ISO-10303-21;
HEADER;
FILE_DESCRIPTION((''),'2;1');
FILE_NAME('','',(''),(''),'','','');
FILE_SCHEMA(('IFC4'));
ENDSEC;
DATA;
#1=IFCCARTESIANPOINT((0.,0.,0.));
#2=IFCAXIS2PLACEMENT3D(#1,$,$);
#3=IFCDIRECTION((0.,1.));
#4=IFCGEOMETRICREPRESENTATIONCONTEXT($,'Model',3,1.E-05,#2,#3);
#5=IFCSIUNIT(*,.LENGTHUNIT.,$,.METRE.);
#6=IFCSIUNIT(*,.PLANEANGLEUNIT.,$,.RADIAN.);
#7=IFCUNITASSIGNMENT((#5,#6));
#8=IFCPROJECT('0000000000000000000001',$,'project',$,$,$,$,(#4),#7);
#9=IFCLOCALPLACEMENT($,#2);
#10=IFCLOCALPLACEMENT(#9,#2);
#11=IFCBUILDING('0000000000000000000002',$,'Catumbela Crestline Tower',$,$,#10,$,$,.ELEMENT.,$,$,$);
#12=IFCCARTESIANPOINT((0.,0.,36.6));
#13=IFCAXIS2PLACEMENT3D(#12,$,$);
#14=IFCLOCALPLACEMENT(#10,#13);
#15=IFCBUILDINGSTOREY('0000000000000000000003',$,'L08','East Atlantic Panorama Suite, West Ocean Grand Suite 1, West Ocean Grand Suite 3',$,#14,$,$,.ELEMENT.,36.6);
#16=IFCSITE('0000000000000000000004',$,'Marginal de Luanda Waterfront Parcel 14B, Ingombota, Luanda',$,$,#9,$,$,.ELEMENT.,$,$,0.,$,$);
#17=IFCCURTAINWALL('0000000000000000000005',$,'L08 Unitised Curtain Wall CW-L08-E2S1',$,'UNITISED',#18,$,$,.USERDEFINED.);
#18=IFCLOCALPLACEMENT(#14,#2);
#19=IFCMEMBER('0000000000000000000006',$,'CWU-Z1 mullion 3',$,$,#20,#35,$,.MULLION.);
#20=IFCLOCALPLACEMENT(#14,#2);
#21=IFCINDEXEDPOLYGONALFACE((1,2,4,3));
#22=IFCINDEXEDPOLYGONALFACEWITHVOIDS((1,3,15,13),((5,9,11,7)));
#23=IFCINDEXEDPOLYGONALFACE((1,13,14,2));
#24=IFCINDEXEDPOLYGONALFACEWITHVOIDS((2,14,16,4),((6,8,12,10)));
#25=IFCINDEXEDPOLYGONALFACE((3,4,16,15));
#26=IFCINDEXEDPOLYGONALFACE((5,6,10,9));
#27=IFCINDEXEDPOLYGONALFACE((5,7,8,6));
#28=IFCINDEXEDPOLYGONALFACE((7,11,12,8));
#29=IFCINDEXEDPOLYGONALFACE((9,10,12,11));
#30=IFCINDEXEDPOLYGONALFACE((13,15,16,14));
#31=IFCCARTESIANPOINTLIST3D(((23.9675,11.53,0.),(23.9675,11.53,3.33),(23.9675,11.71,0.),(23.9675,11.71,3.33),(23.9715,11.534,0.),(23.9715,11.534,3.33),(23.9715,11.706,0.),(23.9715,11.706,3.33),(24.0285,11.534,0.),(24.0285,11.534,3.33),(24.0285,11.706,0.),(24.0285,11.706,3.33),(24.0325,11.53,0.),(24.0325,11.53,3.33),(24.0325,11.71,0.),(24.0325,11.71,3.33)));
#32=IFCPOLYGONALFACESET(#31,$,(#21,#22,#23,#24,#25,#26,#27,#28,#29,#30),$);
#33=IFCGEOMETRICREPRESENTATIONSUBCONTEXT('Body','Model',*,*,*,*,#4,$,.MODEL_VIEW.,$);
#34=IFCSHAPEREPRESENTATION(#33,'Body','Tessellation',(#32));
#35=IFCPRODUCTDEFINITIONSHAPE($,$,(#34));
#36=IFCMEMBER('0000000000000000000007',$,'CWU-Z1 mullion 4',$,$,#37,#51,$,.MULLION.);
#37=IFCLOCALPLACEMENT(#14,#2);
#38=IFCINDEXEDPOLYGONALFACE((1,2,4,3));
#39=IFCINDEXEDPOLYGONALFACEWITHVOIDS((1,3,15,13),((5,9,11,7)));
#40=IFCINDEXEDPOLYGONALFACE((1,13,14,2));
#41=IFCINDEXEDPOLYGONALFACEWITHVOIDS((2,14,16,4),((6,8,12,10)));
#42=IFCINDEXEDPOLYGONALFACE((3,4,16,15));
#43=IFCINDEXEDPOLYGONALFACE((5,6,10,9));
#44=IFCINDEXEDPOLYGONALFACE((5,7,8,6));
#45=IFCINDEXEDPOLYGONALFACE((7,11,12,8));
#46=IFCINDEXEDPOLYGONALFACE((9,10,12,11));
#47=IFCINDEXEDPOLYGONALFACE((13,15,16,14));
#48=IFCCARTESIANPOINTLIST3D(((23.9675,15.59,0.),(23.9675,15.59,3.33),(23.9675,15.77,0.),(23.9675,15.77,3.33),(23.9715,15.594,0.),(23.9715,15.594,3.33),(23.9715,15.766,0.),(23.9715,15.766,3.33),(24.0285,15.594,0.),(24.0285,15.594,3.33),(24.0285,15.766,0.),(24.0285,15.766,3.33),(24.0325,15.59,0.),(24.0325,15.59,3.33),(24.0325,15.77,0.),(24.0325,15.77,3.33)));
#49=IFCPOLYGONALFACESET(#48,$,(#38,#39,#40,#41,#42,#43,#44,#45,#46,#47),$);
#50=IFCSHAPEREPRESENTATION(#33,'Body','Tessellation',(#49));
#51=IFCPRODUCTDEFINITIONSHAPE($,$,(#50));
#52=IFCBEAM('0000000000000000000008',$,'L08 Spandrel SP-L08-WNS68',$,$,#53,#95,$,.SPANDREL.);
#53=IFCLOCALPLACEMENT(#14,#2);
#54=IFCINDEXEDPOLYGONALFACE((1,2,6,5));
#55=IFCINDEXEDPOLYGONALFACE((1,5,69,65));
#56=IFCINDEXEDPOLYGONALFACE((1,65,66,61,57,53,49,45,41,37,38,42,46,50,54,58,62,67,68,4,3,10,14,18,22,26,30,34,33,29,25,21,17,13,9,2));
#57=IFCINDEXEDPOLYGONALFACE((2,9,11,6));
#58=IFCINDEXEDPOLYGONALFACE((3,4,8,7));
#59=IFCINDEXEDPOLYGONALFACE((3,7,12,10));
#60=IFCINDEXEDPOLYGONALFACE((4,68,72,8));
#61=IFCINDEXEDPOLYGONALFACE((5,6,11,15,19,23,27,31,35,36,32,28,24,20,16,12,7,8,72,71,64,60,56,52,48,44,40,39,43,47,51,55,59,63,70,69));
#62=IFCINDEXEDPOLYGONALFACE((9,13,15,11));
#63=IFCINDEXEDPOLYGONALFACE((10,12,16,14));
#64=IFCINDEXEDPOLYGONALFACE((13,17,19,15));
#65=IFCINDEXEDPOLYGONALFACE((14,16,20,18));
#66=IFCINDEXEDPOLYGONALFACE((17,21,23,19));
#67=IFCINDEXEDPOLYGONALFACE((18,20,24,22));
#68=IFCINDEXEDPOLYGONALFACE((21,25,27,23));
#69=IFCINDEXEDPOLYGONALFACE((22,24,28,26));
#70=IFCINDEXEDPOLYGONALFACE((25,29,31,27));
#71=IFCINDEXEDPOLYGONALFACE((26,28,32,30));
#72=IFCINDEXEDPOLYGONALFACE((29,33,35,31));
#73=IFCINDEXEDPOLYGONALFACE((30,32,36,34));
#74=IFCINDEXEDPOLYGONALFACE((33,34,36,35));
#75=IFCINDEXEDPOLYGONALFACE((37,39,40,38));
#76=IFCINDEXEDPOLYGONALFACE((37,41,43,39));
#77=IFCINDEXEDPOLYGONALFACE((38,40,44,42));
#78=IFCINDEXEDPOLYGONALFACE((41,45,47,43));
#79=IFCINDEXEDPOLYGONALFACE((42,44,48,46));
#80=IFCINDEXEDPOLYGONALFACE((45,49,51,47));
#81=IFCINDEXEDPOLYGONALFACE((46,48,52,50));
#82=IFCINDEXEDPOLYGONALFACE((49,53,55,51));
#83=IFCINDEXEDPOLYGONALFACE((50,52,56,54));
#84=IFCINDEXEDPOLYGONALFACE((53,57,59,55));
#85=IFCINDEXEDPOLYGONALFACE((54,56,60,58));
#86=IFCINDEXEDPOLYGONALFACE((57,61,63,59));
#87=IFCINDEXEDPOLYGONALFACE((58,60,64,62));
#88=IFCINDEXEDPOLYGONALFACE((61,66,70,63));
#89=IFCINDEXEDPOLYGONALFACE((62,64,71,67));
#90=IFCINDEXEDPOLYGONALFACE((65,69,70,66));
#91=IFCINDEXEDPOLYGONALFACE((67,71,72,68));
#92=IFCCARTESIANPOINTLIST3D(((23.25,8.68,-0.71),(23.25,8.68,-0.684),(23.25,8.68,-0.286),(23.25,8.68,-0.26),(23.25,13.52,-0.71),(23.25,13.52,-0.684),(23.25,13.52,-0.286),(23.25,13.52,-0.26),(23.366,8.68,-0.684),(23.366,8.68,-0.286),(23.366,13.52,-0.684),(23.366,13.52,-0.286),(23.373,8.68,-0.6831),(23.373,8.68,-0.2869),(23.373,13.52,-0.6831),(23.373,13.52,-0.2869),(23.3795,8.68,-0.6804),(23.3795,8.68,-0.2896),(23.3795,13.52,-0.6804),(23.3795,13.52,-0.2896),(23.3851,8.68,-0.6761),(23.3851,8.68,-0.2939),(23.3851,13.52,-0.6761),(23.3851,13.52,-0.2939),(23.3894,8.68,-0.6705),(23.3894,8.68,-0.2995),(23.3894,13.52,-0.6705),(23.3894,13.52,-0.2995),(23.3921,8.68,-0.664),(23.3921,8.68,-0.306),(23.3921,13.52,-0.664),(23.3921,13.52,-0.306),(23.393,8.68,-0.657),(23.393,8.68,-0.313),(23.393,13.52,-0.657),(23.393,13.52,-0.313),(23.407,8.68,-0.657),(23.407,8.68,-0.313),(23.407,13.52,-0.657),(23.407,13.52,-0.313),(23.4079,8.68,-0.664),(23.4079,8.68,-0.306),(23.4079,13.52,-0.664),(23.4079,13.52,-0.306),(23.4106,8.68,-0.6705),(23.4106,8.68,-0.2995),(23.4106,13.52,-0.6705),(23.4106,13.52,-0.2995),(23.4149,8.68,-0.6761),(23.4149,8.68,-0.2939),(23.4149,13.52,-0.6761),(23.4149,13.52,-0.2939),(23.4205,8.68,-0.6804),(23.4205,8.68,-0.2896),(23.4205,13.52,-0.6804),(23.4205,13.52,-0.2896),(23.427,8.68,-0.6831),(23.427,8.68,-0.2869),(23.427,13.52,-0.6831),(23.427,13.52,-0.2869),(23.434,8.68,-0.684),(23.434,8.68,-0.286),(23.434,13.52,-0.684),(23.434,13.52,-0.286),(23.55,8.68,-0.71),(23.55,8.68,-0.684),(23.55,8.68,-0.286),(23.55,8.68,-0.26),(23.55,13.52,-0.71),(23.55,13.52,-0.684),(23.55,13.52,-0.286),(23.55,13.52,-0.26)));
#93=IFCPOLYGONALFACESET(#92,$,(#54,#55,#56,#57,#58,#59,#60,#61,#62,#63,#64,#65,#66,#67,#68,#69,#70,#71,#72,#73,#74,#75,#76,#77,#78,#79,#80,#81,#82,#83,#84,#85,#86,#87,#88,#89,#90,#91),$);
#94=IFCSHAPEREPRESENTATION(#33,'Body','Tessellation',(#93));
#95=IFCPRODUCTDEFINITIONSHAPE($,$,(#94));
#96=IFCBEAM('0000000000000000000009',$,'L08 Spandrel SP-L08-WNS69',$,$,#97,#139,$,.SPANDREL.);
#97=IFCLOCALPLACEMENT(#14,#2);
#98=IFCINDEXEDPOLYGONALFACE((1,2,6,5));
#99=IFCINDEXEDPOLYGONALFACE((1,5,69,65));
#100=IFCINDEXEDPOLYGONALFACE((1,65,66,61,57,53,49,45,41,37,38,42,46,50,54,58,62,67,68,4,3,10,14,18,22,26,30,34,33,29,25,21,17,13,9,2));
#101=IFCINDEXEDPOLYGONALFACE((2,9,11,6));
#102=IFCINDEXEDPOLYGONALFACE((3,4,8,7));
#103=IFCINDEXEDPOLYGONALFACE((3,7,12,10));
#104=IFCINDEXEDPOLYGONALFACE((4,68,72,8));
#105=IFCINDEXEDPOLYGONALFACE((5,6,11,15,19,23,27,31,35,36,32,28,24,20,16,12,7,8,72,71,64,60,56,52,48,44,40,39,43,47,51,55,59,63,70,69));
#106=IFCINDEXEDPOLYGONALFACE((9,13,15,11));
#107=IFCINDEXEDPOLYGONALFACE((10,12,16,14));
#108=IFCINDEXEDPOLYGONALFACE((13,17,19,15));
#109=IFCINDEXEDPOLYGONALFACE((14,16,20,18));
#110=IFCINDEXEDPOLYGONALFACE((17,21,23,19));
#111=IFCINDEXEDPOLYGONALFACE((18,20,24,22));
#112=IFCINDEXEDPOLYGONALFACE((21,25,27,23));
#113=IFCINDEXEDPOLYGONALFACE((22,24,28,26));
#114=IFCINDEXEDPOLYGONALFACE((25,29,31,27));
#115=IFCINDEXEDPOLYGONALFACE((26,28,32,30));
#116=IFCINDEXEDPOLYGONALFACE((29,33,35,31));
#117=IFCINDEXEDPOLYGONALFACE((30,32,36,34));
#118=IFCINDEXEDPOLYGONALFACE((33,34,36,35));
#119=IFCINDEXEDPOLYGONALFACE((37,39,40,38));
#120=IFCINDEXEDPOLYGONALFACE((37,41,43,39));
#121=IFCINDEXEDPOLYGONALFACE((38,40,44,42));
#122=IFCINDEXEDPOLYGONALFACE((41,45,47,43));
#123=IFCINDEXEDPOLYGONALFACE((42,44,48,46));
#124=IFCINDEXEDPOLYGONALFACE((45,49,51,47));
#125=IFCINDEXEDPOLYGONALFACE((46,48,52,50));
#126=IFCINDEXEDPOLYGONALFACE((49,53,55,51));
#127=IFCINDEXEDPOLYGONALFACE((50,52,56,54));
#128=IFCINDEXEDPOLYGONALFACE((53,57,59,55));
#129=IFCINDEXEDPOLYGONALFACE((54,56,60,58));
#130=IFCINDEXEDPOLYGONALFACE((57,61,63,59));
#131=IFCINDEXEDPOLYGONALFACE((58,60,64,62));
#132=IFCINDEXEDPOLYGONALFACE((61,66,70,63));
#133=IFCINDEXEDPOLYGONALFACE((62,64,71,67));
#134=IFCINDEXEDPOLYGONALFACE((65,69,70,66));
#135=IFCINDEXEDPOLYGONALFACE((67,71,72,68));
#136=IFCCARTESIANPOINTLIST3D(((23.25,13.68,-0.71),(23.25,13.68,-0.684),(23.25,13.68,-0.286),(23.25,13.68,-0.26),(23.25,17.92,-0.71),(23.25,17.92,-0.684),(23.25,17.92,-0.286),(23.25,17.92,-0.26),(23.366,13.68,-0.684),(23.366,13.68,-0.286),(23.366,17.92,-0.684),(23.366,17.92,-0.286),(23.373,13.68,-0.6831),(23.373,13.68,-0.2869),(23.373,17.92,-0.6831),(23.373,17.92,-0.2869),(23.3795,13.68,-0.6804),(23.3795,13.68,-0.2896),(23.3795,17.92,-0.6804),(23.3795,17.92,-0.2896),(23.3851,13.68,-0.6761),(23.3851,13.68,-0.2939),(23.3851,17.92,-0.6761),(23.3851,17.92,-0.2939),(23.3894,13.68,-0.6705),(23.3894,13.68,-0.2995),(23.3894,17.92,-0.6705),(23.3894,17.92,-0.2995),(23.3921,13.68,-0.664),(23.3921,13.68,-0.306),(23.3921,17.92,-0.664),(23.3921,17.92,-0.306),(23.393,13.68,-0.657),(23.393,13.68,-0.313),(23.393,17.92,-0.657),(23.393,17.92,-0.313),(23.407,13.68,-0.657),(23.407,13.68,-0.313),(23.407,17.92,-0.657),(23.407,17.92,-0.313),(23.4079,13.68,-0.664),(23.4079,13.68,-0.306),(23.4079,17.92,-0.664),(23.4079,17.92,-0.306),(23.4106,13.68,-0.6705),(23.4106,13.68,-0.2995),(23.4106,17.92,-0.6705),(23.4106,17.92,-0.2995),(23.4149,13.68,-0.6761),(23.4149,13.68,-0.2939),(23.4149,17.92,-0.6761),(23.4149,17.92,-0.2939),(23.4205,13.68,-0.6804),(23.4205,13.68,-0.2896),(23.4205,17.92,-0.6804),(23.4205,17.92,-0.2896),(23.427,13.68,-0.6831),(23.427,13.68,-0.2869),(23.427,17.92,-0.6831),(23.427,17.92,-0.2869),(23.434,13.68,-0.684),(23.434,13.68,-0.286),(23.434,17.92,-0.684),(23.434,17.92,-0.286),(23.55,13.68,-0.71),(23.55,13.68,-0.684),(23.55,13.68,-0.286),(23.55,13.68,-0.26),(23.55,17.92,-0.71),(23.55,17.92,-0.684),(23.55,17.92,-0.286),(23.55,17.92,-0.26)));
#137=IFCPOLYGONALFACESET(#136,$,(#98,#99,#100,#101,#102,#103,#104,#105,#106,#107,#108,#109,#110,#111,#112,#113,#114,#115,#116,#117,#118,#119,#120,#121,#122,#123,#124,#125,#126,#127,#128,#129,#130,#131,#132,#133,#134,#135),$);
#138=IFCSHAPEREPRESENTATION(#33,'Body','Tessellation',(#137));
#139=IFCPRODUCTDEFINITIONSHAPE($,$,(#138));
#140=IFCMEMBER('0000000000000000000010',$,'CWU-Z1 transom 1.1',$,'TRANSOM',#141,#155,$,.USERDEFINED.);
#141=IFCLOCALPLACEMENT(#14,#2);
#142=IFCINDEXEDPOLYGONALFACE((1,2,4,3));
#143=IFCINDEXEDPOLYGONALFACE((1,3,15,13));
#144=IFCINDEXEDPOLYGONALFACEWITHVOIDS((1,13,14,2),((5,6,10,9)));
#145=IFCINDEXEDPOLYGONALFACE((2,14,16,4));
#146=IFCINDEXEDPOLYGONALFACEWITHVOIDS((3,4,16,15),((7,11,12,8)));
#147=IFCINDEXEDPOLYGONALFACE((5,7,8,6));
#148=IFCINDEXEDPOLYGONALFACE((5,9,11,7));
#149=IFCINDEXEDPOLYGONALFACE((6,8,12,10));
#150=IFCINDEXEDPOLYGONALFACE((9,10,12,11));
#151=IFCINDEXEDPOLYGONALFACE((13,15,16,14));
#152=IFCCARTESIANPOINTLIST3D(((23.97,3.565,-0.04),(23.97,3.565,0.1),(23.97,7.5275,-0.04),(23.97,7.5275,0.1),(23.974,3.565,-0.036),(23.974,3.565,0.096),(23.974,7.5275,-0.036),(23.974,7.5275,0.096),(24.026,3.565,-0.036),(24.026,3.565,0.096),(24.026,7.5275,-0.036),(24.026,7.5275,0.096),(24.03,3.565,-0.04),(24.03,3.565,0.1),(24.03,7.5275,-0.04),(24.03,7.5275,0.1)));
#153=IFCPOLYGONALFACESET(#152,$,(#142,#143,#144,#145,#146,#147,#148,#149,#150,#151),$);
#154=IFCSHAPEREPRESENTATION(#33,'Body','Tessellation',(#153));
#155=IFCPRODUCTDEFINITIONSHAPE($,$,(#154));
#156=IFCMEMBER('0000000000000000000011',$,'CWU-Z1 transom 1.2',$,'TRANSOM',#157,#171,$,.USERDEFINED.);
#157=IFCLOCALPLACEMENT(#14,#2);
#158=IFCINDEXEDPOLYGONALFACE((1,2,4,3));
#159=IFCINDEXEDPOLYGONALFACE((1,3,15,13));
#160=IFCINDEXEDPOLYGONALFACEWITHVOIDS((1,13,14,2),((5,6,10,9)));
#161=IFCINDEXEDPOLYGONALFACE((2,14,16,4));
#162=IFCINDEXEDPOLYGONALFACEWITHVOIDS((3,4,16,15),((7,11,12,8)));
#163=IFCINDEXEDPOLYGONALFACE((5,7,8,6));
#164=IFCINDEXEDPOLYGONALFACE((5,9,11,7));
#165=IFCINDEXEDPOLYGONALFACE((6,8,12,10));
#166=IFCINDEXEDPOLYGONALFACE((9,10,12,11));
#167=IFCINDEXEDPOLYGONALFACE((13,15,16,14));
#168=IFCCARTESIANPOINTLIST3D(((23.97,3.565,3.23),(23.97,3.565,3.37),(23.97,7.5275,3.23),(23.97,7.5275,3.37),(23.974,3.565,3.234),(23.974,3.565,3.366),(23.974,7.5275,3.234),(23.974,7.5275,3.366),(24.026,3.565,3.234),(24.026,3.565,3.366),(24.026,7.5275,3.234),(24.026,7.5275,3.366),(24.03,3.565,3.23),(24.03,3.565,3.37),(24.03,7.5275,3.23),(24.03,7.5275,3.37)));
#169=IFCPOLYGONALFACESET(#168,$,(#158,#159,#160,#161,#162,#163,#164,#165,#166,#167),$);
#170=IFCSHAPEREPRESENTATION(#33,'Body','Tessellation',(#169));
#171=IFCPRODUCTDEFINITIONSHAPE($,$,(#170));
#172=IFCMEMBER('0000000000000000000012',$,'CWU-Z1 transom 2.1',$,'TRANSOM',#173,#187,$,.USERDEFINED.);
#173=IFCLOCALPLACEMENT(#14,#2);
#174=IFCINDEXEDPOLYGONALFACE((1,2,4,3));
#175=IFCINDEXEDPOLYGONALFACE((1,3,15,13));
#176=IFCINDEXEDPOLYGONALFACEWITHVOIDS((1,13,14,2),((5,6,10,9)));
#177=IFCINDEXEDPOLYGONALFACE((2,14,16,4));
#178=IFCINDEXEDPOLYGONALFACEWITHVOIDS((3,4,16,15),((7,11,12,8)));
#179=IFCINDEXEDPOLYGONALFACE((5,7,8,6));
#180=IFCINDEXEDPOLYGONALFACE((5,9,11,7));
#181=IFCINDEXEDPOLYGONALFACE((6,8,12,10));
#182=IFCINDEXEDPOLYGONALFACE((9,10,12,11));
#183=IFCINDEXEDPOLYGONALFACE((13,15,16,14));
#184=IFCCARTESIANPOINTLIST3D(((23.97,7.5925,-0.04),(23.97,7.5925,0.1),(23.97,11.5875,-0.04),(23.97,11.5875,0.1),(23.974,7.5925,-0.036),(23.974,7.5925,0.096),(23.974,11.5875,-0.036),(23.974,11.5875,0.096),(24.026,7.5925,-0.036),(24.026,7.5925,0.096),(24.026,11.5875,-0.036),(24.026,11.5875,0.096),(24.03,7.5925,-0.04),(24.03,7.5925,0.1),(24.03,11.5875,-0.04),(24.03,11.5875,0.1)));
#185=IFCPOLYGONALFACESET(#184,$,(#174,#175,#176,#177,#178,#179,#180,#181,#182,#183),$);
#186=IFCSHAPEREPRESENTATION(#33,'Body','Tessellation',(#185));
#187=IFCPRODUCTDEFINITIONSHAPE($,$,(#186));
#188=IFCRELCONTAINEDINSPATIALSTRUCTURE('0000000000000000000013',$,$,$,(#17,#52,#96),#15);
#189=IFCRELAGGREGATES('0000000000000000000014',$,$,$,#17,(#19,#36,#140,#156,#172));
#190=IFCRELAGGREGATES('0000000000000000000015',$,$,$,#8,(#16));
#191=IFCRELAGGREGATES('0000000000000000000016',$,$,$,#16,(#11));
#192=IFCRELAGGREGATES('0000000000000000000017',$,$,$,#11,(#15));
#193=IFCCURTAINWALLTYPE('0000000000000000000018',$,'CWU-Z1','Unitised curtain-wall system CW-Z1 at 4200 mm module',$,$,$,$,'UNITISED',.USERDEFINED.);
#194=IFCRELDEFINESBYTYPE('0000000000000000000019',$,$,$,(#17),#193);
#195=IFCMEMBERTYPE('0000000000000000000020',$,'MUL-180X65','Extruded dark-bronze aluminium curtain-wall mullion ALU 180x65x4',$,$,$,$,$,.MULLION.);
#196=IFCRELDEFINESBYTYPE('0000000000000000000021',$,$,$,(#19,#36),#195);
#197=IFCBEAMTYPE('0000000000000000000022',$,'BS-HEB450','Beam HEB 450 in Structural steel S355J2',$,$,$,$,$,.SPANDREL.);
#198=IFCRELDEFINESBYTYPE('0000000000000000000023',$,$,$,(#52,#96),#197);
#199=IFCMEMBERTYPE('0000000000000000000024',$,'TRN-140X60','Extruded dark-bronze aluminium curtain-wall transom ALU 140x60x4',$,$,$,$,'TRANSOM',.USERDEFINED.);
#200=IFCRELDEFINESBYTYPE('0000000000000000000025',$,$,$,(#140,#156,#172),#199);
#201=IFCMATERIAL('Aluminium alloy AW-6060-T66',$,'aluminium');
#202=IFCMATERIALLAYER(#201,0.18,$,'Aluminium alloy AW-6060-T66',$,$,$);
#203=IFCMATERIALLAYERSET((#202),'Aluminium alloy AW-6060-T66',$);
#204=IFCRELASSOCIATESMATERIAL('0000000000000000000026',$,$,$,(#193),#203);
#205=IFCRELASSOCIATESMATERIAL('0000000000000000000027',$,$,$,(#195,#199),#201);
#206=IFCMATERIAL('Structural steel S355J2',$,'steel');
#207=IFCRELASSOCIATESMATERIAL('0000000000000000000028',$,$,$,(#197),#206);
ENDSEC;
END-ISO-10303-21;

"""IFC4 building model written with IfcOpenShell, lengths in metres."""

from ifc_helpers import new_model, si_unit, direction, frame, origin, origin_2d, place, context, subcontext, project, spatial, hollow_rectangle, i_section, extrude, material, layer, layer_set, material_profile, profile_set, type_object, element, aggregate, save


model = new_model("IFC4")

# Units and contexts
model_context = context("Model", 3, precision=1e-05, world=origin(), true_north=direction((0.0, 1.0)))
body_context = subcontext(model_context, "Body", "Model", "MODEL_VIEW")
ifc_project = project(units=[si_unit("LENGTHUNIT", "METRE"), si_unit("PLANEANGLEUNIT", "RADIAN")], contexts=[model_context])

# Site, building, storey
site_placement = place(None, origin())
site = spatial("IfcSite", under=ifc_project, at=site_placement, Name="Marginal de Luanda Waterfront Parcel 14B, Ingombota, Luanda", CompositionType="ELEMENT", RefElevation=0.0)
building_placement = place(site_placement, origin())
building = spatial("IfcBuilding", under=site, at=building_placement, Name="Catumbela Crestline Tower", CompositionType="ELEMENT")
storey_placement = place(building_placement, frame((0.0, 0.0, 36.6)))
storey = spatial("IfcBuildingStorey", under=building, at=storey_placement, Name="L08", Description="East Atlantic Panorama Suite, West Ocean Grand Suite 1, West Ocean Grand Suite 3", CompositionType="ELEMENT", Elevation=36.6)

# Shared definitions
ifc_material_1 = material(Name="Structural steel S355J2", Category="steel")

# Shared definitions
ifc_material_2 = material(Name="Aluminium alloy AW-6060-T66", Category="aluminium")
ifc_layer_1 = layer(ifc_material_2, 0.18, Name="Aluminium alloy AW-6060-T66")
ifc_layer_set_1 = layer_set([ifc_layer_1], Name="Aluminium alloy AW-6060-T66")
curtain_wall_type = type_object("IfcCurtainWallType", Name="CWU-Z1", Description="Unitised curtain-wall system CW-Z1 at 4200 mm module", ElementType="UNITISED", PredefinedType="USERDEFINED", material=ifc_layer_set_1)
ifc_material_profile_1 = material_profile(ifc_material_2, hollow_rectangle(XDim=0.065, YDim=0.18, WallThickness=0.004, at=origin_2d()), Name="ALU 180x65x4")
ifc_profile_set_1 = profile_set([ifc_material_profile_1], Name="Aluminium alloy AW-6060-T66")
member_type_1 = type_object("IfcMemberType", Name="MUL-180X65", Description="Extruded dark-bronze aluminium curtain-wall mullion ALU 180x65x4", PredefinedType="MULLION", material=ifc_profile_set_1)

# Curtain wall, members
curtain_wall_1_placement = place(storey_placement, origin())
curtain_wall_1 = element("IfcCurtainWall", 1, at=curtain_wall_1_placement, inside=storey, type_object=curtain_wall_type, Name="L08 Unitised Curtain Wall CW-L08-E2S1", ObjectType="UNITISED", PredefinedType="USERDEFINED")
member_1_placement = place(storey_placement, frame((24.0, 11.62, 0.0), z_axis=(0.0, 0.0, 1.0), x_axis=(-1.0, 0.0, 0.0)))
member_1 = element("IfcMember", 2, at=member_1_placement, type_object=member_type_1, Name="CWU-Z1 mullion 3", PredefinedType="MULLION", context=body_context, shape_type="SweptSolid", body=[
    extrude(hollow_rectangle(XDim=0.065, YDim=0.18, WallThickness=0.004, at=origin_2d()), origin(), (0.0, 0.0, 1.0), 3.33),
])
member_2_placement = place(storey_placement, frame((24.0, 15.68, 0.0), z_axis=(0.0, 0.0, 1.0), x_axis=(-1.0, 0.0, 0.0)))
member_2 = element("IfcMember", 3, at=member_2_placement, type_object=member_type_1, Name="CWU-Z1 mullion 4", PredefinedType="MULLION", context=body_context, shape_type="SweptSolid", body=[
    extrude(hollow_rectangle(XDim=0.065, YDim=0.18, WallThickness=0.004, at=origin_2d()), origin(), (0.0, 0.0, 1.0), 3.33),
])

# Beams
ifc_material_profile_2 = material_profile(ifc_material_1, i_section(OverallWidth=0.3, OverallDepth=0.45, WebThickness=0.014, FlangeThickness=0.026, FilletRadius=0.027, at=origin_2d()), Name="HEB 450")
ifc_profile_set_2 = profile_set([ifc_material_profile_2], Name="Structural steel S355J2")
beam_type_1 = type_object("IfcBeamType", Name="BS-HEB450", Description="Beam HEB 450 in Structural steel S355J2", PredefinedType="SPANDREL", material=ifc_profile_set_2)
beam_1_placement = place(storey_placement, frame((23.4, 8.68, -0.485), z_axis=(0.0, 1.0, 0.0), x_axis=(-1.0, 0.0, 0.0)))
element("IfcBeam", 4, at=beam_1_placement, inside=storey, type_object=beam_type_1, Name="L08 Spandrel SP-L08-WNS68", PredefinedType="SPANDREL", context=body_context, shape_type="SweptSolid", body=[
    extrude(i_section(OverallWidth=0.3, OverallDepth=0.45, WebThickness=0.014, FlangeThickness=0.026, FilletRadius=0.027, at=origin_2d()), origin(), (0.0, 0.0, 1.0), 4.84),
])
beam_2_placement = place(storey_placement, frame((23.4, 13.68, -0.485), z_axis=(0.0, 1.0, 0.0), x_axis=(-1.0, 0.0, 0.0)))
element("IfcBeam", 5, at=beam_2_placement, inside=storey, type_object=beam_type_1, Name="L08 Spandrel SP-L08-WNS69", PredefinedType="SPANDREL", context=body_context, shape_type="SweptSolid", body=[
    extrude(i_section(OverallWidth=0.3, OverallDepth=0.45, WebThickness=0.014, FlangeThickness=0.026, FilletRadius=0.027, at=origin_2d()), origin(), (0.0, 0.0, 1.0), 4.24),
])

# Members
ifc_material_profile_3 = material_profile(ifc_material_2, hollow_rectangle(XDim=0.06, YDim=0.14, WallThickness=0.004, at=origin_2d()), Name="ALU 140x60x4")
ifc_profile_set_3 = profile_set([ifc_material_profile_3], Name="Aluminium alloy AW-6060-T66")
member_type_2 = type_object("IfcMemberType", Name="TRN-140X60", Description="Extruded dark-bronze aluminium curtain-wall transom ALU 140x60x4", ElementType="TRANSOM", PredefinedType="USERDEFINED", material=ifc_profile_set_3)
member_3_placement = place(storey_placement, frame((24.0, 3.565, 0.03), z_axis=(0.0, 1.0, 0.0), x_axis=(-1.0, 0.0, 0.0)))
member_3 = element("IfcMember", 6, at=member_3_placement, type_object=member_type_2, Name="CWU-Z1 transom 1.1", ObjectType="TRANSOM", PredefinedType="USERDEFINED", context=body_context, shape_type="SweptSolid", body=[
    extrude(hollow_rectangle(XDim=0.06, YDim=0.14, WallThickness=0.004, at=origin_2d()), origin(), (0.0, 0.0, 1.0), 3.9625),
])
member_4_placement = place(storey_placement, frame((24.0, 3.565, 3.3), z_axis=(0.0, 1.0, 0.0), x_axis=(-1.0, 0.0, 0.0)))
member_4 = element("IfcMember", 7, at=member_4_placement, type_object=member_type_2, Name="CWU-Z1 transom 1.2", ObjectType="TRANSOM", PredefinedType="USERDEFINED", context=body_context, shape_type="SweptSolid", body=[
    extrude(hollow_rectangle(XDim=0.06, YDim=0.14, WallThickness=0.004, at=origin_2d()), origin(), (0.0, 0.0, 1.0), 3.9625),
])
member_5_placement = place(storey_placement, frame((24.0, 7.5925, 0.03), z_axis=(0.0, 1.0, 0.0), x_axis=(-1.0, 0.0, 0.0)))
member_5 = element("IfcMember", 8, at=member_5_placement, type_object=member_type_2, Name="CWU-Z1 transom 2.1", ObjectType="TRANSOM", PredefinedType="USERDEFINED", context=body_context, shape_type="SweptSolid", body=[
    extrude(hollow_rectangle(XDim=0.06, YDim=0.14, WallThickness=0.004, at=origin_2d()), origin(), (0.0, 0.0, 1.0), 3.995),
])

aggregate(curtain_wall_1, [member_1, member_2, member_3, member_4, member_5])

save(model, "model.ifc")
